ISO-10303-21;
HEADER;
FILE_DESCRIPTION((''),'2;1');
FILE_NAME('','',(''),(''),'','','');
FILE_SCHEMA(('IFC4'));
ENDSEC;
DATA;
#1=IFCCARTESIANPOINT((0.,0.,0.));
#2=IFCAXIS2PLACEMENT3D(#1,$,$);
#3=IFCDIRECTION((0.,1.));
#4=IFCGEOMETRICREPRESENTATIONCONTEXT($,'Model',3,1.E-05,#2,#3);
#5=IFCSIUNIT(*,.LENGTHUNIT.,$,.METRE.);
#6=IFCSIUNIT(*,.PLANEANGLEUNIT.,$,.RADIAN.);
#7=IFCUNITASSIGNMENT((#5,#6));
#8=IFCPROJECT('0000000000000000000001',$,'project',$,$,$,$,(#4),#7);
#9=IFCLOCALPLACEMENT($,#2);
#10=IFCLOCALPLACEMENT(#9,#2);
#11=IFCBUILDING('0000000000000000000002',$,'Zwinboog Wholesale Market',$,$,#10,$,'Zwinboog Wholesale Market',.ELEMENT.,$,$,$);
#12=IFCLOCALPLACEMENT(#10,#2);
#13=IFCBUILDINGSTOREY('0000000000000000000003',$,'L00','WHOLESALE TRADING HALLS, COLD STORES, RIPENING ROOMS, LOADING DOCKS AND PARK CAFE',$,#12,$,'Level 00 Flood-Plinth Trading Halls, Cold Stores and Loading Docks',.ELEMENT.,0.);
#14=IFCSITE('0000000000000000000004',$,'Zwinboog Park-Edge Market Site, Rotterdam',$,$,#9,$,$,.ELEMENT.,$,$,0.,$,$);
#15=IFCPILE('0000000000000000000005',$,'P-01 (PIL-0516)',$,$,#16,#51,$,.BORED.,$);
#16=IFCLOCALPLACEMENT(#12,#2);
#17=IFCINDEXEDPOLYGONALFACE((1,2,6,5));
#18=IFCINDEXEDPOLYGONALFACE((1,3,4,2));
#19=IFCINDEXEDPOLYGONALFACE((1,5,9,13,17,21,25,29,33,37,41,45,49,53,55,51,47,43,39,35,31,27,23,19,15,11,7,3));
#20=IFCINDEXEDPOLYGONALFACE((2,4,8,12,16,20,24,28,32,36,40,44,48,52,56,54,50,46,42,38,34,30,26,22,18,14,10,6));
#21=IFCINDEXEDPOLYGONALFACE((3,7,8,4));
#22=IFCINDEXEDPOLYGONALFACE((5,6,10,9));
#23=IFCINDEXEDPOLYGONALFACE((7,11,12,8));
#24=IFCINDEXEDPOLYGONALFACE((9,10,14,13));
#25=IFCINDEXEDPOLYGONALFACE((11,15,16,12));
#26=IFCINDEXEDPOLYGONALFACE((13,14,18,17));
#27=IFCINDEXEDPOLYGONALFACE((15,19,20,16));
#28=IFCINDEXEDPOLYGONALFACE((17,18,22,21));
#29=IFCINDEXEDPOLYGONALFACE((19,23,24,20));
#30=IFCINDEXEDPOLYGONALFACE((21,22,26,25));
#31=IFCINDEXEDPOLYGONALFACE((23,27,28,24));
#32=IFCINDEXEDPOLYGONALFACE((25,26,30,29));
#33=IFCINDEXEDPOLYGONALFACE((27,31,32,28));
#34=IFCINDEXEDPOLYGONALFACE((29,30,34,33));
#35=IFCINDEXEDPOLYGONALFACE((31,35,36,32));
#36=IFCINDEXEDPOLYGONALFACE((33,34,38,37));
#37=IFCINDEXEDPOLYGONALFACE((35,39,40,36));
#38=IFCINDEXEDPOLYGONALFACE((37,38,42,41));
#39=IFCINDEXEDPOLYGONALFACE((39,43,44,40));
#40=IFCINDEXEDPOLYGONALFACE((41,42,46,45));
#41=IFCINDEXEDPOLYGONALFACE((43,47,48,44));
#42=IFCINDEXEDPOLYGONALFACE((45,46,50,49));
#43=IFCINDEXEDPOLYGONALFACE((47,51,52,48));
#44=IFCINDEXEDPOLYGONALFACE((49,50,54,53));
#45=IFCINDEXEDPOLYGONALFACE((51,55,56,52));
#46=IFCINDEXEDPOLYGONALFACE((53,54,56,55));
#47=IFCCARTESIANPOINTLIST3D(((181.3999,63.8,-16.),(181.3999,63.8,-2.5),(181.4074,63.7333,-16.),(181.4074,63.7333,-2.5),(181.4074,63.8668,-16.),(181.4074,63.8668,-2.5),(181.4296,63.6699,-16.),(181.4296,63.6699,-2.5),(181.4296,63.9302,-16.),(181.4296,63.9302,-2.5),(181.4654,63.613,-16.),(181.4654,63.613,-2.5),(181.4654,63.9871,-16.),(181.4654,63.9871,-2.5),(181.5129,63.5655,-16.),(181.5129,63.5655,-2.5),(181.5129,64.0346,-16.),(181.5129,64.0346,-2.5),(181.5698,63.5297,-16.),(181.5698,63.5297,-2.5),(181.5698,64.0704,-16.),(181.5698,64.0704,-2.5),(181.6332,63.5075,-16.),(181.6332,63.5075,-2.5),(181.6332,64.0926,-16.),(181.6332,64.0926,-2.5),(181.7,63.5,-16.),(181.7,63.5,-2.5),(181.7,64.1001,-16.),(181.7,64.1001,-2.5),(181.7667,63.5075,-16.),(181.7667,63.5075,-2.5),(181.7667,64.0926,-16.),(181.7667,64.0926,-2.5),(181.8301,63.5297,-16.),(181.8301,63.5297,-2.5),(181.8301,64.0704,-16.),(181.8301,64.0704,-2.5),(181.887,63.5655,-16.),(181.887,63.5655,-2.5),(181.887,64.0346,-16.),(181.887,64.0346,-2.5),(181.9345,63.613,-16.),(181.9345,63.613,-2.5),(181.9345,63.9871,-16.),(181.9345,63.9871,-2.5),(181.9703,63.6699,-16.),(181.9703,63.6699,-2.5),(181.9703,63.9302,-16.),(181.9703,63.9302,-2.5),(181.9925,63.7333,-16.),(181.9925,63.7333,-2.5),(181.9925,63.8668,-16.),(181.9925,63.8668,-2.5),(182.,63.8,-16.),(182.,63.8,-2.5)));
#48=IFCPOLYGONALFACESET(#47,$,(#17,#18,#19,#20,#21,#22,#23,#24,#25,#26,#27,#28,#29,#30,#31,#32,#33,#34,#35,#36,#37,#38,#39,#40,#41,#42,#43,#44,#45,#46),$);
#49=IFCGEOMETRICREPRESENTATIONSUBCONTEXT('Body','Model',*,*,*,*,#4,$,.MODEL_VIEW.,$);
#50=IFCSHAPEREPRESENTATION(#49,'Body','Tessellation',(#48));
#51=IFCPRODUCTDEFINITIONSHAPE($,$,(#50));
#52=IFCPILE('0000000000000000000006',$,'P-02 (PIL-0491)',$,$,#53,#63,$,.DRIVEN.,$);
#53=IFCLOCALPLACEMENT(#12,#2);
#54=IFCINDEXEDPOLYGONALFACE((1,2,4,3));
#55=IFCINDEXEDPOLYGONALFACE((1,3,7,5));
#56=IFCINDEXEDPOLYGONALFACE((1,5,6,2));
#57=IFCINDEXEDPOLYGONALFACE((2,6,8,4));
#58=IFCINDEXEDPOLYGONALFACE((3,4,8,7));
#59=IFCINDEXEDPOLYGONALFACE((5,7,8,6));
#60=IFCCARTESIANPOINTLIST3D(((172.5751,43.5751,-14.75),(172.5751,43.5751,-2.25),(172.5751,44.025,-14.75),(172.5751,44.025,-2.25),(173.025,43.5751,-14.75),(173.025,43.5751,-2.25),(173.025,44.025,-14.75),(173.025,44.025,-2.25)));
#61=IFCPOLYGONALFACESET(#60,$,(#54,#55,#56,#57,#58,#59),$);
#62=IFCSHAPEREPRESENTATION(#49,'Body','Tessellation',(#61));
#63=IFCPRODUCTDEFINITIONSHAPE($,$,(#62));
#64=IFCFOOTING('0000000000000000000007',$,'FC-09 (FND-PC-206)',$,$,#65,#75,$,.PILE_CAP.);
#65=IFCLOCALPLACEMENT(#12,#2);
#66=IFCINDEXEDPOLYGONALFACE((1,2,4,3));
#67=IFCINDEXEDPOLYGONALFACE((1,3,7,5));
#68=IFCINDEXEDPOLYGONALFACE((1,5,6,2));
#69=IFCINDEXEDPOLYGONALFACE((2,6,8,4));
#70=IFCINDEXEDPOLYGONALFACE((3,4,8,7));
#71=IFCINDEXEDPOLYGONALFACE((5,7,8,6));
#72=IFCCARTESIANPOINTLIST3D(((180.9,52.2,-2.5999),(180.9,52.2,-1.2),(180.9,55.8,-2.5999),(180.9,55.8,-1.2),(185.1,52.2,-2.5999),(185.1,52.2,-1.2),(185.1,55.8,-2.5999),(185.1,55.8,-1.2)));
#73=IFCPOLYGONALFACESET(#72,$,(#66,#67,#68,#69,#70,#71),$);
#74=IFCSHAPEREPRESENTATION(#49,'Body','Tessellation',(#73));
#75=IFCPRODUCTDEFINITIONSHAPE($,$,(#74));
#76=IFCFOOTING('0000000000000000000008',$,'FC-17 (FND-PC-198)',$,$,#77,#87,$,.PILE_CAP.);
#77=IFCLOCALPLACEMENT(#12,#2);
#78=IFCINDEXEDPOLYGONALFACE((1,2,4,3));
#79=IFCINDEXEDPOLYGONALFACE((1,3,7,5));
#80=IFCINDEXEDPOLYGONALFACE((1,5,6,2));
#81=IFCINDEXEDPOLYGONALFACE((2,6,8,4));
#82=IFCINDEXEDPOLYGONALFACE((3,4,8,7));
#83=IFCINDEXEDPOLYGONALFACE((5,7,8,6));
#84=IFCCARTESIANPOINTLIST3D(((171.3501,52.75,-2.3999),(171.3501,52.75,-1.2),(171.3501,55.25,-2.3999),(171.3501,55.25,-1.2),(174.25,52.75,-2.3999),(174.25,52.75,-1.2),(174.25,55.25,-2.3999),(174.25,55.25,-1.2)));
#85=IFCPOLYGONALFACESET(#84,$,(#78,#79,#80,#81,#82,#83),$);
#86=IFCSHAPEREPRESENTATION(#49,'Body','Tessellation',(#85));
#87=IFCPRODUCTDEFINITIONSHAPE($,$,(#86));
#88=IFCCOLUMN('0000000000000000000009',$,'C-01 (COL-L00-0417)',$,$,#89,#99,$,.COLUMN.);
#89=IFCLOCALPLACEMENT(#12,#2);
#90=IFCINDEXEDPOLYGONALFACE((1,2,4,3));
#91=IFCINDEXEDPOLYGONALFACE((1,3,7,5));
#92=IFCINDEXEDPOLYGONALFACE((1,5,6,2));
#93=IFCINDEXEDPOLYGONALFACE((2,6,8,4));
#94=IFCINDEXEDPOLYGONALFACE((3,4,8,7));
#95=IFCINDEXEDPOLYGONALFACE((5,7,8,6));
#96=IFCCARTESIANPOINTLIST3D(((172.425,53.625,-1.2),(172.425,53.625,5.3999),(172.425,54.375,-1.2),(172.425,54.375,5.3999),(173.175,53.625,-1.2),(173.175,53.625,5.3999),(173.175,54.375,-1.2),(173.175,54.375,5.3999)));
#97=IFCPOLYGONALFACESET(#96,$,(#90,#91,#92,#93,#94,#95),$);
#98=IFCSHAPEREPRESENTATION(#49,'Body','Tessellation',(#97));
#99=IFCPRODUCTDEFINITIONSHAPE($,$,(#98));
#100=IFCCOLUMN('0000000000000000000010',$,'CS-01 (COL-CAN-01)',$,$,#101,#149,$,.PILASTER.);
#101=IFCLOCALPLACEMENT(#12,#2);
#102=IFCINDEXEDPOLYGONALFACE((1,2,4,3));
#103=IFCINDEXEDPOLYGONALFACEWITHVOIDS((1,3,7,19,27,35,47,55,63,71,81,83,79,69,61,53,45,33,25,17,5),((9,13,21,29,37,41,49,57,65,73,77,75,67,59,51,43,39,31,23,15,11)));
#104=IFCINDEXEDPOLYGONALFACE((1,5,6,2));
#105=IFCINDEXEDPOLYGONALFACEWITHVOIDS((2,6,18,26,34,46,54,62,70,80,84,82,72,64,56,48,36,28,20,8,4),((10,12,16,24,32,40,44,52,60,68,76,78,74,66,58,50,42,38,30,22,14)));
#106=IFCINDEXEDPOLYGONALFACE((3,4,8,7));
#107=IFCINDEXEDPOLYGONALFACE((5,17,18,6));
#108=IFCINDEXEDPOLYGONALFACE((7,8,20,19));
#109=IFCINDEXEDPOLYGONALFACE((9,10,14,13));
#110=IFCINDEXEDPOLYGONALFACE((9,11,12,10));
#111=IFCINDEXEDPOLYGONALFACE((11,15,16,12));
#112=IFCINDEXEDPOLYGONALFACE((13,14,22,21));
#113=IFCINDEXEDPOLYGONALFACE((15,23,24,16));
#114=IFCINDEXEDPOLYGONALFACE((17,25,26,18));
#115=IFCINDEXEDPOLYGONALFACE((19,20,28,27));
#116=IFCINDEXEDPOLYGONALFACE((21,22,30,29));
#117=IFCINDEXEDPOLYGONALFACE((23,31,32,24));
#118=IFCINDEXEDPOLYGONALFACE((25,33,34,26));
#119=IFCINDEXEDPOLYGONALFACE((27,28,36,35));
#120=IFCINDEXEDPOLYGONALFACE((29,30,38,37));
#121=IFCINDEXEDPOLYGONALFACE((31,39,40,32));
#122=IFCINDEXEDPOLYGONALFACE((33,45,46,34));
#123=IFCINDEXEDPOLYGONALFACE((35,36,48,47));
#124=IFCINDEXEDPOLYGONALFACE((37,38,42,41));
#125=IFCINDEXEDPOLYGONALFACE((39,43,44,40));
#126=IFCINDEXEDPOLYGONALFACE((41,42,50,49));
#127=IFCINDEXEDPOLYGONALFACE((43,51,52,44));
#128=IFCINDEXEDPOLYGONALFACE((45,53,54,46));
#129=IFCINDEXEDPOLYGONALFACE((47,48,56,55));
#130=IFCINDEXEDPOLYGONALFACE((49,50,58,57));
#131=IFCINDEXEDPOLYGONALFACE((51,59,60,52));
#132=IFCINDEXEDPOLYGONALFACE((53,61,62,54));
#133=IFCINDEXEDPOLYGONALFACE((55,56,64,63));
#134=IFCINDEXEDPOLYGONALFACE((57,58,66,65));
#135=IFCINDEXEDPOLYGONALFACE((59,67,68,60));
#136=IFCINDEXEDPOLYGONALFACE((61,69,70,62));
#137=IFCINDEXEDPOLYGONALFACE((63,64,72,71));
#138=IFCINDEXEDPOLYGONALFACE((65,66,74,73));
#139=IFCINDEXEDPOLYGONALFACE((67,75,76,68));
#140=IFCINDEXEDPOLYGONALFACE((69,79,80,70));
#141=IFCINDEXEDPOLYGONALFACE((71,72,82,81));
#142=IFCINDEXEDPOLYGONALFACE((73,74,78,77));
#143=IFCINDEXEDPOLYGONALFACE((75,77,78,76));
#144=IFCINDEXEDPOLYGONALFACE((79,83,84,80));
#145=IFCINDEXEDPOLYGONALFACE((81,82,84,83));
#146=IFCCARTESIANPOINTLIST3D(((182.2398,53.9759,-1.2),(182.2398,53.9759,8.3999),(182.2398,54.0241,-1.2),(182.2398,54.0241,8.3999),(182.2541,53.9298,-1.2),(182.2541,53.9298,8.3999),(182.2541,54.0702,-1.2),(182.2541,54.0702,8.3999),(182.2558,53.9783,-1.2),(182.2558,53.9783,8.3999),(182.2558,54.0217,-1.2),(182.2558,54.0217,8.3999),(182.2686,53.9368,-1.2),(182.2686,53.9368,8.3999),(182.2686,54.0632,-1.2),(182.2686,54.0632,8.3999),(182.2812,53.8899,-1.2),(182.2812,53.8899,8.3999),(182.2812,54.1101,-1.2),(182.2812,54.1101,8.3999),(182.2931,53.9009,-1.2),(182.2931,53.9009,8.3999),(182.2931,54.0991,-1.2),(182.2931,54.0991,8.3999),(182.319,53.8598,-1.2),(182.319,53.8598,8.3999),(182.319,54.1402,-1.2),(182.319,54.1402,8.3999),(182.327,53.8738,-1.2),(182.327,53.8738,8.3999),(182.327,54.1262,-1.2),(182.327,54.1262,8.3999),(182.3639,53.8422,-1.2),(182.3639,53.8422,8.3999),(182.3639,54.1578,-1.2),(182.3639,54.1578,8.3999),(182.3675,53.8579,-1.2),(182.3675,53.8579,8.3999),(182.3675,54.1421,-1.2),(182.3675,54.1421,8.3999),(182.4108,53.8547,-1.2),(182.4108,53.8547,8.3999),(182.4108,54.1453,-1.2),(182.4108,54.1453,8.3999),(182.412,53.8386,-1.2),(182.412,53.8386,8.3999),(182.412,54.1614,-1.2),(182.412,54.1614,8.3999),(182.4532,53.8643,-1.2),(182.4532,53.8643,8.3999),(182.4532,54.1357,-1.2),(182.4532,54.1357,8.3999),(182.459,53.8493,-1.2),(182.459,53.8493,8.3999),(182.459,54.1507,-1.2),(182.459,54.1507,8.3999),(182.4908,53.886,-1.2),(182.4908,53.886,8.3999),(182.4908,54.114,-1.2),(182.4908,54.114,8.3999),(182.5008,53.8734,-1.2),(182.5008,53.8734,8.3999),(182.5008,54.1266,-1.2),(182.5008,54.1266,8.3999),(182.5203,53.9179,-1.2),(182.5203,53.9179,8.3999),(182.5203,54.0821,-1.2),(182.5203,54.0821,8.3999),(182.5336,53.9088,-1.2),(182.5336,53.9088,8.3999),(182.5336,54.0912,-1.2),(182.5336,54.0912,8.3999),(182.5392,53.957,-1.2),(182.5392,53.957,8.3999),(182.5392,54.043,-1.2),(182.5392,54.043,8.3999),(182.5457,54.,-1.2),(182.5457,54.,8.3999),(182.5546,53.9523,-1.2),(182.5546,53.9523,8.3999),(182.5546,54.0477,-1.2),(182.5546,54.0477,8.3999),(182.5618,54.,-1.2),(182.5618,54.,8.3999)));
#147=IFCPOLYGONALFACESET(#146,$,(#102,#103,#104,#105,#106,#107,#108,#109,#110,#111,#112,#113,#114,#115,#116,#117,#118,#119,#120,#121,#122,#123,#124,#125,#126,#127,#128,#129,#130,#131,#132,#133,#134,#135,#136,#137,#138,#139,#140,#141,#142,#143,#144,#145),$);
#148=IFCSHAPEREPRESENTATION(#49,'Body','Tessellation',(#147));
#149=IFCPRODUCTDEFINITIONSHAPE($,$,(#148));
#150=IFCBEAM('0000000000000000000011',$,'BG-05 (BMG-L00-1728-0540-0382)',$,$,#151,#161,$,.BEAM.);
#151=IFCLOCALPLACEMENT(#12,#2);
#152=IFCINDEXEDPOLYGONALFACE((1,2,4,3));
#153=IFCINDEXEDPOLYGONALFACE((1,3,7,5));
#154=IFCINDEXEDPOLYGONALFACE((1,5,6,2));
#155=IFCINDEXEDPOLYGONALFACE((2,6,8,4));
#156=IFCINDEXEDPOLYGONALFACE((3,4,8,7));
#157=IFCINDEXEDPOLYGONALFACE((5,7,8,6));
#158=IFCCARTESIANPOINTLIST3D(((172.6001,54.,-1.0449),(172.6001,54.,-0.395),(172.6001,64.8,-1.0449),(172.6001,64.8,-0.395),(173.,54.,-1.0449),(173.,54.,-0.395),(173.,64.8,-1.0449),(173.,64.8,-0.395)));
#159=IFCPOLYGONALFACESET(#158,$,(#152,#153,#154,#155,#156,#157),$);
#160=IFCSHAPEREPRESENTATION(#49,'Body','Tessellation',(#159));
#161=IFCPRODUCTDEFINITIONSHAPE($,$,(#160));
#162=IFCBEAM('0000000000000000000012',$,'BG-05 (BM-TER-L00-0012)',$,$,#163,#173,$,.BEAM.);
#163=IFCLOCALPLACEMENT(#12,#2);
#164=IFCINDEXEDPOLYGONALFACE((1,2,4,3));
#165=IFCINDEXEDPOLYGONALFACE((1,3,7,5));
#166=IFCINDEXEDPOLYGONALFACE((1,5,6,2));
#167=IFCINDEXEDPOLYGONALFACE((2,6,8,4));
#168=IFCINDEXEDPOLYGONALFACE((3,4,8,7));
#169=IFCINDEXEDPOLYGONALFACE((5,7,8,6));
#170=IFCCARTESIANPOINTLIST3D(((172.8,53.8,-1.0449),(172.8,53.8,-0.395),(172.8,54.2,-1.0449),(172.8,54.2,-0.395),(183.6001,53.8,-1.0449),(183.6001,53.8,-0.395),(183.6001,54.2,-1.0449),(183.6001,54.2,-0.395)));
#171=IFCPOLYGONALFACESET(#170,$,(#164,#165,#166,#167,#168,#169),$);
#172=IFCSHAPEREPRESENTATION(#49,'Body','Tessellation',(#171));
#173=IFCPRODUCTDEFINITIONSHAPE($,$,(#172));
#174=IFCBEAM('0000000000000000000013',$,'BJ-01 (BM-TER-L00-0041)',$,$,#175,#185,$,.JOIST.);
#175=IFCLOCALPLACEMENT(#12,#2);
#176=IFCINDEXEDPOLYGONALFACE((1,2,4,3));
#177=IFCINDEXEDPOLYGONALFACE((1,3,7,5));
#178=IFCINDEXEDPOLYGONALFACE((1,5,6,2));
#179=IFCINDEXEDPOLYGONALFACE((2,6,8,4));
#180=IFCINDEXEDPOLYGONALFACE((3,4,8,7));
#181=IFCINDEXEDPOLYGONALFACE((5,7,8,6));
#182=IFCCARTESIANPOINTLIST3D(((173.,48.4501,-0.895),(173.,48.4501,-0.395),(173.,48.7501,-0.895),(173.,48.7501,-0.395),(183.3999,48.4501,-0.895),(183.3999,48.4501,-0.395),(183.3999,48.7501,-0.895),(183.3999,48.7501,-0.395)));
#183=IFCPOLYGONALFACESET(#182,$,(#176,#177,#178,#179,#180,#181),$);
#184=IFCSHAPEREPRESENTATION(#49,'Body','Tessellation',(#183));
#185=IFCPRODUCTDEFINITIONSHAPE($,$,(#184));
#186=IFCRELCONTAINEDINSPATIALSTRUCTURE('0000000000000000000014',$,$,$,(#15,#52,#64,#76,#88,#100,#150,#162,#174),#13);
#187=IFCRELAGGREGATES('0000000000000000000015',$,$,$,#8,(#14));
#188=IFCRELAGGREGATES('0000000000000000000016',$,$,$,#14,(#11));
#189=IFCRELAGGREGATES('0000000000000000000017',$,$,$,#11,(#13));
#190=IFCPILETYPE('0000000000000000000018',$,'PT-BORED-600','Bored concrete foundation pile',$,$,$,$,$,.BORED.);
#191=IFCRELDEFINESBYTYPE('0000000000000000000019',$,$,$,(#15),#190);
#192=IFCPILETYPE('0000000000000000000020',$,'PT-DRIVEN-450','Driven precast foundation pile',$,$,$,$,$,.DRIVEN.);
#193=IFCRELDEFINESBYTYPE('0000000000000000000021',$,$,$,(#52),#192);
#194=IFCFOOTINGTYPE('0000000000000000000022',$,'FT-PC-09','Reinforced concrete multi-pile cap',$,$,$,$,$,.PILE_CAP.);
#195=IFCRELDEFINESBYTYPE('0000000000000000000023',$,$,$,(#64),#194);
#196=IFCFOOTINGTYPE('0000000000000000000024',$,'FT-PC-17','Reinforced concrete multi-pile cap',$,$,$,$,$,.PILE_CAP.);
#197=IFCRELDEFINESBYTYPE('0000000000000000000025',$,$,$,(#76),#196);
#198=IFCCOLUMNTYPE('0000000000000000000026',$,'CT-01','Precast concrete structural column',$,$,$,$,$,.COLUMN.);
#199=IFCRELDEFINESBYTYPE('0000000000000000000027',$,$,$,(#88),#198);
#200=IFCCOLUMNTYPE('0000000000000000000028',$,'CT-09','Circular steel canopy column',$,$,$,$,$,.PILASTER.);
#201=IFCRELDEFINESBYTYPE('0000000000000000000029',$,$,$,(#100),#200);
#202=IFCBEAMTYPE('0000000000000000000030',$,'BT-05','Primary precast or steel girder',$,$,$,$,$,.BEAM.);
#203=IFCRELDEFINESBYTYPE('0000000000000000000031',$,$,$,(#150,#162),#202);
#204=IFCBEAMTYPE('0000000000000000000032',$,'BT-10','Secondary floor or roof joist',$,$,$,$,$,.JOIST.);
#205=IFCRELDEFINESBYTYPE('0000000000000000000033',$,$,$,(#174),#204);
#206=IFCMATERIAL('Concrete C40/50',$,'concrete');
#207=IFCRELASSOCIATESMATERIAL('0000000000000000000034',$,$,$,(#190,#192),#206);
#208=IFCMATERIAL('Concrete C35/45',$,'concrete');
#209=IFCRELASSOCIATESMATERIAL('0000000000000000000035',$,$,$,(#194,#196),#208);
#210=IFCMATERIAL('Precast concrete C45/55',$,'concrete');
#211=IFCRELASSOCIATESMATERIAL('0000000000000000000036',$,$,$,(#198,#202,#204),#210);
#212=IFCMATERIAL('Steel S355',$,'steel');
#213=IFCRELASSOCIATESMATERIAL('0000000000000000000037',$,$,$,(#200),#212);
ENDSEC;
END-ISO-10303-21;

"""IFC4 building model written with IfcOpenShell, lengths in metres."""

from ifc_helpers import new_model, si_unit, direction, frame, origin, origin_2d, place, context, subcontext, project, spatial, rectangle, circle, hollow_circle, extrude, material, material_profile, profile_set, type_object, element, save


model = new_model("IFC4")

# Units and contexts
model_context = context("Model", 3, precision=1e-05, world=origin(), true_north=direction((0.0, 1.0)))
body_context = subcontext(model_context, "Body", "Model", "MODEL_VIEW")
ifc_project = project(units=[si_unit("LENGTHUNIT", "METRE"), si_unit("PLANEANGLEUNIT", "RADIAN")], contexts=[model_context])

# Site, building, storey
site_placement = place(None, origin())
site = spatial("IfcSite", under=ifc_project, at=site_placement, Name="Zwinboog Park-Edge Market Site, Rotterdam", CompositionType="ELEMENT", RefElevation=0.0)
building_placement = place(site_placement, origin())
building = spatial("IfcBuilding", under=site, at=building_placement, Name="Zwinboog Wholesale Market", LongName="Zwinboog Wholesale Market", CompositionType="ELEMENT")
storey_placement = place(building_placement, origin())
storey = spatial("IfcBuildingStorey", under=building, at=storey_placement, Name="L00", Description="WHOLESALE TRADING HALLS, COLD STORES, RIPENING ROOMS, LOADING DOCKS AND PARK CAFE", LongName="Level 00 Flood-Plinth Trading Halls, Cold Stores and Loading Docks", CompositionType="ELEMENT", Elevation=0.0)

# Piles
ifc_material_1 = material(Name="Concrete C40/50", Category="concrete")
ifc_material_profile_1 = material_profile(ifc_material_1, circle(Radius=0.3, at=origin_2d()), Name="PILE D600")
ifc_profile_set_1 = profile_set([ifc_material_profile_1], Name="Concrete C40/50")
pile_type_1 = type_object("IfcPileType", Name="PT-BORED-600", Description="Bored concrete foundation pile", PredefinedType="BORED", material=ifc_profile_set_1)
for number, where, z_axis, x_axis, name in (
    (1, (181.7, 63.8, -2.5), (0.0, 0.0, -1.0), (1.0, 0.0, 0.0), "P-01 (PIL-0516)"),
):
    element("IfcPile", number, at=place(storey_placement, frame(where, z_axis=z_axis, x_axis=x_axis)), inside=storey, type_object=pile_type_1, Name=name, PredefinedType="BORED", context=body_context, shape_type="SweptSolid", body=[
        extrude(circle(Radius=0.3, at=origin_2d()), origin(), (0.0, 0.0, 1.0), 13.5),
    ])
ifc_material_profile_2 = material_profile(ifc_material_1, rectangle(XDim=0.45, YDim=0.45, at=origin_2d()), Name="PILE SQ450")
ifc_profile_set_2 = profile_set([ifc_material_profile_2], Name="Concrete C40/50")
pile_type_2 = type_object("IfcPileType", Name="PT-DRIVEN-450", Description="Driven precast foundation pile", PredefinedType="DRIVEN", material=ifc_profile_set_2)
pile_1_placement = place(storey_placement, frame((172.8, 43.8, -2.25), z_axis=(0.0, 0.0, -1.0), x_axis=(1.0, 0.0, 0.0)))
element("IfcPile", 2, at=pile_1_placement, inside=storey, type_object=pile_type_2, Name="P-02 (PIL-0491)", PredefinedType="DRIVEN", context=body_context, shape_type="SweptSolid", body=[
    extrude(rectangle(XDim=0.45, YDim=0.45, at=origin_2d()), origin(), (0.0, 0.0, 1.0), 12.5),
])

# Footings
ifc_material_2 = material(Name="Concrete C35/45", Category="concrete")
footing_type_1 = type_object("IfcFootingType", Name="FT-PC-09", Description="Reinforced concrete multi-pile cap", PredefinedType="PILE_CAP", material=ifc_material_2)
footing_1_placement = place(storey_placement, frame((183.0, 54.0, -2.5999), z_axis=(0.0, 0.0, 1.0), x_axis=(1.0, 0.0, 0.0)))
element("IfcFooting", 3, at=footing_1_placement, inside=storey, type_object=footing_type_1, Name="FC-09 (FND-PC-206)", PredefinedType="PILE_CAP", context=body_context, shape_type="SweptSolid", body=[
    extrude(rectangle(XDim=4.2, YDim=3.6001, at=origin_2d()), origin(), (0.0, 0.0, 1.0), 1.3999),
])
footing_type_2 = type_object("IfcFootingType", Name="FT-PC-17", Description="Reinforced concrete multi-pile cap", PredefinedType="PILE_CAP", material=ifc_material_2)
footing_2_placement = place(storey_placement, frame((172.8, 54.0, -2.3999), z_axis=(0.0, 0.0, 1.0), x_axis=(1.0, 0.0, 0.0)))
element("IfcFooting", 4, at=footing_2_placement, inside=storey, type_object=footing_type_2, Name="FC-17 (FND-PC-198)", PredefinedType="PILE_CAP", context=body_context, shape_type="SweptSolid", body=[
    extrude(rectangle(XDim=2.8999, YDim=2.5, at=origin_2d()), origin(), (0.0, 0.0, 1.0), 1.2),
])

# Columns
ifc_material_3 = material(Name="Precast concrete C45/55", Category="concrete")
ifc_material_profile_3 = material_profile(ifc_material_3, rectangle(XDim=0.75, YDim=0.75, at=origin_2d()), Name="PC 750x750")
ifc_profile_set_3 = profile_set([ifc_material_profile_3], Name="Precast concrete C45/55")
column_type_1 = type_object("IfcColumnType", Name="CT-01", Description="Precast concrete structural column", PredefinedType="COLUMN", material=ifc_profile_set_3)
column_1_placement = place(storey_placement, frame((172.8, 54.0, -1.2), z_axis=(0.0, 0.0, 1.0), x_axis=(1.0, 0.0, 0.0)))
element("IfcColumn", 5, at=column_1_placement, inside=storey, type_object=column_type_1, Name="C-01 (COL-L00-0417)", PredefinedType="COLUMN", context=body_context, shape_type="SweptSolid", body=[
    extrude(rectangle(XDim=0.75, YDim=0.75, at=origin_2d()), origin(), (0.0, 0.0, 1.0), 6.5999),
])
ifc_material_4 = material(Name="Steel S355", Category="steel")
ifc_material_profile_4 = material_profile(ifc_material_4, hollow_circle(Radius=0.1619, WallThickness=0.0161, at=origin_2d()), Name="CHS 323.9x16")
ifc_profile_set_4 = profile_set([ifc_material_profile_4], Name="Steel S355")
column_type_2 = type_object("IfcColumnType", Name="CT-09", Description="Circular steel canopy column", PredefinedType="PILASTER", material=ifc_profile_set_4)
column_2_placement = place(storey_placement, frame((182.3999, 54.0, -1.2), z_axis=(0.0, 0.0, 1.0), x_axis=(1.0, 0.0, 0.0)))
element("IfcColumn", 6, at=column_2_placement, inside=storey, type_object=column_type_2, Name="CS-01 (COL-CAN-01)", PredefinedType="PILASTER", context=body_context, shape_type="SweptSolid", body=[
    extrude(hollow_circle(Radius=0.1619, WallThickness=0.0161, at=origin_2d()), origin(), (0.0, 0.0, 1.0), 9.5999),
])

# Beams
ifc_material_profile_5 = material_profile(ifc_material_3, rectangle(XDim=0.3999, YDim=0.6499, at=origin_2d()), Name="PC 400x650")
ifc_profile_set_5 = profile_set([ifc_material_profile_5], Name="Precast concrete C45/55")
beam_type_1 = type_object("IfcBeamType", Name="BT-05", Description="Primary precast or steel girder", PredefinedType="BEAM", material=ifc_profile_set_5)
for number, where, z_axis, x_axis, name in (
    (7, (172.8, 54.0, -0.72), (0.0, 1.0, 0.0), (-1.0, 0.0, 0.0), "BG-05 (BMG-L00-1728-0540-0382)"),
    (8, (172.8, 54.0, -0.72), (1.0, 0.0, 0.0), (0.0, 1.0, 0.0), "BG-05 (BM-TER-L00-0012)"),
):
    element("IfcBeam", number, at=place(storey_placement, frame(where, z_axis=z_axis, x_axis=x_axis)), inside=storey, type_object=beam_type_1, Name=name, PredefinedType="BEAM", context=body_context, shape_type="SweptSolid", body=[
        extrude(rectangle(XDim=0.3999, YDim=0.6499, at=origin_2d()), origin(), (0.0, 0.0, 1.0), 10.8),
    ])
ifc_material_profile_6 = material_profile(ifc_material_3, rectangle(XDim=0.3, YDim=0.5, at=origin_2d()), Name="PC 300x500")
ifc_profile_set_6 = profile_set([ifc_material_profile_6], Name="Precast concrete C45/55")
beam_type_2 = type_object("IfcBeamType", Name="BT-10", Description="Secondary floor or roof joist", PredefinedType="JOIST", material=ifc_profile_set_6)
for number, where, z_axis, x_axis, name in (
    (9, (173.0, 48.6001, -0.645), (1.0, 0.0, 0.0), (0.0, 1.0, 0.0), "BJ-01 (BM-TER-L00-0041)"),
):
    element("IfcBeam", number, at=place(storey_placement, frame(where, z_axis=z_axis, x_axis=x_axis)), inside=storey, type_object=beam_type_2, Name=name, PredefinedType="JOIST", context=body_context, shape_type="SweptSolid", body=[
        extrude(rectangle(XDim=0.3, YDim=0.5, at=origin_2d()), origin(), (0.0, 0.0, 1.0), 10.3999),
    ])

save(model, "model.ifc")
